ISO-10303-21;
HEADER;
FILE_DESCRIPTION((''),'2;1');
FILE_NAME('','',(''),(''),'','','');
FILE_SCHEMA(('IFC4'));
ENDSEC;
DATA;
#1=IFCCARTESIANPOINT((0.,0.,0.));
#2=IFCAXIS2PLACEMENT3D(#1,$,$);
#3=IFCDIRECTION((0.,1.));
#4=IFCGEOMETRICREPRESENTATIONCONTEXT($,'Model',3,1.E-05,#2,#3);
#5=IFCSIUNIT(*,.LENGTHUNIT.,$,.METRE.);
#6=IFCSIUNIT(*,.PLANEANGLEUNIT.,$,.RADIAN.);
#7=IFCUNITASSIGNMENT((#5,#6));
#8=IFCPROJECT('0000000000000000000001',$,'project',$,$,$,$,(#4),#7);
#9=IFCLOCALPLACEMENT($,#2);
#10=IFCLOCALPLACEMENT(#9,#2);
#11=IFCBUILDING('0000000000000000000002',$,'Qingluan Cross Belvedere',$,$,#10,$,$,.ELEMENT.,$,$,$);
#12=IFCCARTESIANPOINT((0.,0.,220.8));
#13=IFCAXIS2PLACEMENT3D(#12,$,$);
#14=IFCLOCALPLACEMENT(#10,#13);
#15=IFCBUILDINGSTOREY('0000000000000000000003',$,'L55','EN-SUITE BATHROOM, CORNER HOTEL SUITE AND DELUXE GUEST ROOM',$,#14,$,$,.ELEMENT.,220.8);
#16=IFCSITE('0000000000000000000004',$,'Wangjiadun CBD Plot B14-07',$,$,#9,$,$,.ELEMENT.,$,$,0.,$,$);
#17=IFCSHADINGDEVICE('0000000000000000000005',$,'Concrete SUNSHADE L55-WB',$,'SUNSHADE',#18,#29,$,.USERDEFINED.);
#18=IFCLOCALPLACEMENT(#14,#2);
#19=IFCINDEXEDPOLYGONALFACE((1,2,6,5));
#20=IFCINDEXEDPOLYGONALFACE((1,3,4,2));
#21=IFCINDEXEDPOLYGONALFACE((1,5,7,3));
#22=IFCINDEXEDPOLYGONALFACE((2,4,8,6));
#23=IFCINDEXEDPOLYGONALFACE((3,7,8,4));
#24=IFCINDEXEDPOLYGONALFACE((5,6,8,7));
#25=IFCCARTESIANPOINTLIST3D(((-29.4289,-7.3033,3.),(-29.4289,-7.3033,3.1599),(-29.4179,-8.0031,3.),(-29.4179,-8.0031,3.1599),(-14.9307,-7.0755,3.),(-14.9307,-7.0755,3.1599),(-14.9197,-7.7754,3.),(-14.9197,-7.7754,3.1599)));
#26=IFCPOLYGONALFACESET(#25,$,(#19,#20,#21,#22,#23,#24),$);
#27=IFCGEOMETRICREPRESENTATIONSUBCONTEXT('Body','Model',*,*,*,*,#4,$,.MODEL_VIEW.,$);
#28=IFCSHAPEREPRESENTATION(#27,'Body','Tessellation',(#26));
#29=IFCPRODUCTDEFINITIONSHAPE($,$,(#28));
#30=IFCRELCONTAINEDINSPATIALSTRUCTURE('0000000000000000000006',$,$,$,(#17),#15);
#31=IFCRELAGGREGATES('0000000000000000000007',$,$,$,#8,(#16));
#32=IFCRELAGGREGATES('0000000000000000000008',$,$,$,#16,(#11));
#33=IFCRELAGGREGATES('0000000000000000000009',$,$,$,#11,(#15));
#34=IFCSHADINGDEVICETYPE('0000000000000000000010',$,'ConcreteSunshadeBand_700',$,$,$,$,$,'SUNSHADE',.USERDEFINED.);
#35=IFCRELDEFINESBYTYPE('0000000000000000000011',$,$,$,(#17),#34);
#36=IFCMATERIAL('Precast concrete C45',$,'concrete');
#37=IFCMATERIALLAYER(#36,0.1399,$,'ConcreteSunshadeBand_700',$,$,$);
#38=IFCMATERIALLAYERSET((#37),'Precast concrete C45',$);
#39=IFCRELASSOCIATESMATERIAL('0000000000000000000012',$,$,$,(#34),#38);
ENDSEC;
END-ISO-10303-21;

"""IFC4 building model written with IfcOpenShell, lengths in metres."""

from ifc_helpers import new_model, si_unit, direction, frame, origin, origin_2d, place, context, subcontext, project, spatial, rectangle, extrude, material, layer, layer_set, type_object, element, save


model = new_model("IFC4")

# Units and contexts
model_context = context("Model", 3, precision=1e-05, world=origin(), true_north=direction((0.0, 1.0)))
body_context = subcontext(model_context, "Body", "Model", "MODEL_VIEW")
ifc_project = project(units=[si_unit("LENGTHUNIT", "METRE"), si_unit("PLANEANGLEUNIT", "RADIAN")], contexts=[model_context])

# Site, building, storey
site_placement = place(None, origin())
site = spatial("IfcSite", under=ifc_project, at=site_placement, Name="Wangjiadun CBD Plot B14-07", CompositionType="ELEMENT", RefElevation=0.0)
building_placement = place(site_placement, origin())
building = spatial("IfcBuilding", under=site, at=building_placement, Name="Qingluan Cross Belvedere", CompositionType="ELEMENT")
storey_placement = place(building_placement, frame((0.0, 0.0, 220.8)))
storey = spatial("IfcBuildingStorey", under=building, at=storey_placement, Name="L55", Description="EN-SUITE BATHROOM, CORNER HOTEL SUITE AND DELUXE GUEST ROOM", CompositionType="ELEMENT", Elevation=220.8)

# Shading device
ifc_material_1 = material(Name="Precast concrete C45", Category="concrete")
ifc_layer_1 = layer(ifc_material_1, 0.1399, Name="ConcreteSunshadeBand_700")
ifc_layer_set_1 = layer_set([ifc_layer_1], Name="Precast concrete C45")
shading_device_type = type_object("IfcShadingDeviceType", Name="ConcreteSunshadeBand_700", ElementType="SUNSHADE", PredefinedType="USERDEFINED", material=ifc_layer_set_1)
shading_device_placement = place(storey_placement, frame((-22.1743, -7.5393, 3.0), z_axis=(0.0, 0.0, 1.0), x_axis=(0.999877, 0.015707, 0.0)))
element("IfcShadingDevice", 1, at=shading_device_placement, inside=storey, type_object=shading_device_type, Name="Concrete SUNSHADE L55-WB", ObjectType="SUNSHADE", PredefinedType="USERDEFINED", context=body_context, shape_type="SweptSolid", body=[
    extrude(rectangle(XDim=14.5, YDim=0.7, at=origin_2d()), origin(), (0.0, 0.0, 1.0), 0.1599),
])

save(model, "model.ifc")
